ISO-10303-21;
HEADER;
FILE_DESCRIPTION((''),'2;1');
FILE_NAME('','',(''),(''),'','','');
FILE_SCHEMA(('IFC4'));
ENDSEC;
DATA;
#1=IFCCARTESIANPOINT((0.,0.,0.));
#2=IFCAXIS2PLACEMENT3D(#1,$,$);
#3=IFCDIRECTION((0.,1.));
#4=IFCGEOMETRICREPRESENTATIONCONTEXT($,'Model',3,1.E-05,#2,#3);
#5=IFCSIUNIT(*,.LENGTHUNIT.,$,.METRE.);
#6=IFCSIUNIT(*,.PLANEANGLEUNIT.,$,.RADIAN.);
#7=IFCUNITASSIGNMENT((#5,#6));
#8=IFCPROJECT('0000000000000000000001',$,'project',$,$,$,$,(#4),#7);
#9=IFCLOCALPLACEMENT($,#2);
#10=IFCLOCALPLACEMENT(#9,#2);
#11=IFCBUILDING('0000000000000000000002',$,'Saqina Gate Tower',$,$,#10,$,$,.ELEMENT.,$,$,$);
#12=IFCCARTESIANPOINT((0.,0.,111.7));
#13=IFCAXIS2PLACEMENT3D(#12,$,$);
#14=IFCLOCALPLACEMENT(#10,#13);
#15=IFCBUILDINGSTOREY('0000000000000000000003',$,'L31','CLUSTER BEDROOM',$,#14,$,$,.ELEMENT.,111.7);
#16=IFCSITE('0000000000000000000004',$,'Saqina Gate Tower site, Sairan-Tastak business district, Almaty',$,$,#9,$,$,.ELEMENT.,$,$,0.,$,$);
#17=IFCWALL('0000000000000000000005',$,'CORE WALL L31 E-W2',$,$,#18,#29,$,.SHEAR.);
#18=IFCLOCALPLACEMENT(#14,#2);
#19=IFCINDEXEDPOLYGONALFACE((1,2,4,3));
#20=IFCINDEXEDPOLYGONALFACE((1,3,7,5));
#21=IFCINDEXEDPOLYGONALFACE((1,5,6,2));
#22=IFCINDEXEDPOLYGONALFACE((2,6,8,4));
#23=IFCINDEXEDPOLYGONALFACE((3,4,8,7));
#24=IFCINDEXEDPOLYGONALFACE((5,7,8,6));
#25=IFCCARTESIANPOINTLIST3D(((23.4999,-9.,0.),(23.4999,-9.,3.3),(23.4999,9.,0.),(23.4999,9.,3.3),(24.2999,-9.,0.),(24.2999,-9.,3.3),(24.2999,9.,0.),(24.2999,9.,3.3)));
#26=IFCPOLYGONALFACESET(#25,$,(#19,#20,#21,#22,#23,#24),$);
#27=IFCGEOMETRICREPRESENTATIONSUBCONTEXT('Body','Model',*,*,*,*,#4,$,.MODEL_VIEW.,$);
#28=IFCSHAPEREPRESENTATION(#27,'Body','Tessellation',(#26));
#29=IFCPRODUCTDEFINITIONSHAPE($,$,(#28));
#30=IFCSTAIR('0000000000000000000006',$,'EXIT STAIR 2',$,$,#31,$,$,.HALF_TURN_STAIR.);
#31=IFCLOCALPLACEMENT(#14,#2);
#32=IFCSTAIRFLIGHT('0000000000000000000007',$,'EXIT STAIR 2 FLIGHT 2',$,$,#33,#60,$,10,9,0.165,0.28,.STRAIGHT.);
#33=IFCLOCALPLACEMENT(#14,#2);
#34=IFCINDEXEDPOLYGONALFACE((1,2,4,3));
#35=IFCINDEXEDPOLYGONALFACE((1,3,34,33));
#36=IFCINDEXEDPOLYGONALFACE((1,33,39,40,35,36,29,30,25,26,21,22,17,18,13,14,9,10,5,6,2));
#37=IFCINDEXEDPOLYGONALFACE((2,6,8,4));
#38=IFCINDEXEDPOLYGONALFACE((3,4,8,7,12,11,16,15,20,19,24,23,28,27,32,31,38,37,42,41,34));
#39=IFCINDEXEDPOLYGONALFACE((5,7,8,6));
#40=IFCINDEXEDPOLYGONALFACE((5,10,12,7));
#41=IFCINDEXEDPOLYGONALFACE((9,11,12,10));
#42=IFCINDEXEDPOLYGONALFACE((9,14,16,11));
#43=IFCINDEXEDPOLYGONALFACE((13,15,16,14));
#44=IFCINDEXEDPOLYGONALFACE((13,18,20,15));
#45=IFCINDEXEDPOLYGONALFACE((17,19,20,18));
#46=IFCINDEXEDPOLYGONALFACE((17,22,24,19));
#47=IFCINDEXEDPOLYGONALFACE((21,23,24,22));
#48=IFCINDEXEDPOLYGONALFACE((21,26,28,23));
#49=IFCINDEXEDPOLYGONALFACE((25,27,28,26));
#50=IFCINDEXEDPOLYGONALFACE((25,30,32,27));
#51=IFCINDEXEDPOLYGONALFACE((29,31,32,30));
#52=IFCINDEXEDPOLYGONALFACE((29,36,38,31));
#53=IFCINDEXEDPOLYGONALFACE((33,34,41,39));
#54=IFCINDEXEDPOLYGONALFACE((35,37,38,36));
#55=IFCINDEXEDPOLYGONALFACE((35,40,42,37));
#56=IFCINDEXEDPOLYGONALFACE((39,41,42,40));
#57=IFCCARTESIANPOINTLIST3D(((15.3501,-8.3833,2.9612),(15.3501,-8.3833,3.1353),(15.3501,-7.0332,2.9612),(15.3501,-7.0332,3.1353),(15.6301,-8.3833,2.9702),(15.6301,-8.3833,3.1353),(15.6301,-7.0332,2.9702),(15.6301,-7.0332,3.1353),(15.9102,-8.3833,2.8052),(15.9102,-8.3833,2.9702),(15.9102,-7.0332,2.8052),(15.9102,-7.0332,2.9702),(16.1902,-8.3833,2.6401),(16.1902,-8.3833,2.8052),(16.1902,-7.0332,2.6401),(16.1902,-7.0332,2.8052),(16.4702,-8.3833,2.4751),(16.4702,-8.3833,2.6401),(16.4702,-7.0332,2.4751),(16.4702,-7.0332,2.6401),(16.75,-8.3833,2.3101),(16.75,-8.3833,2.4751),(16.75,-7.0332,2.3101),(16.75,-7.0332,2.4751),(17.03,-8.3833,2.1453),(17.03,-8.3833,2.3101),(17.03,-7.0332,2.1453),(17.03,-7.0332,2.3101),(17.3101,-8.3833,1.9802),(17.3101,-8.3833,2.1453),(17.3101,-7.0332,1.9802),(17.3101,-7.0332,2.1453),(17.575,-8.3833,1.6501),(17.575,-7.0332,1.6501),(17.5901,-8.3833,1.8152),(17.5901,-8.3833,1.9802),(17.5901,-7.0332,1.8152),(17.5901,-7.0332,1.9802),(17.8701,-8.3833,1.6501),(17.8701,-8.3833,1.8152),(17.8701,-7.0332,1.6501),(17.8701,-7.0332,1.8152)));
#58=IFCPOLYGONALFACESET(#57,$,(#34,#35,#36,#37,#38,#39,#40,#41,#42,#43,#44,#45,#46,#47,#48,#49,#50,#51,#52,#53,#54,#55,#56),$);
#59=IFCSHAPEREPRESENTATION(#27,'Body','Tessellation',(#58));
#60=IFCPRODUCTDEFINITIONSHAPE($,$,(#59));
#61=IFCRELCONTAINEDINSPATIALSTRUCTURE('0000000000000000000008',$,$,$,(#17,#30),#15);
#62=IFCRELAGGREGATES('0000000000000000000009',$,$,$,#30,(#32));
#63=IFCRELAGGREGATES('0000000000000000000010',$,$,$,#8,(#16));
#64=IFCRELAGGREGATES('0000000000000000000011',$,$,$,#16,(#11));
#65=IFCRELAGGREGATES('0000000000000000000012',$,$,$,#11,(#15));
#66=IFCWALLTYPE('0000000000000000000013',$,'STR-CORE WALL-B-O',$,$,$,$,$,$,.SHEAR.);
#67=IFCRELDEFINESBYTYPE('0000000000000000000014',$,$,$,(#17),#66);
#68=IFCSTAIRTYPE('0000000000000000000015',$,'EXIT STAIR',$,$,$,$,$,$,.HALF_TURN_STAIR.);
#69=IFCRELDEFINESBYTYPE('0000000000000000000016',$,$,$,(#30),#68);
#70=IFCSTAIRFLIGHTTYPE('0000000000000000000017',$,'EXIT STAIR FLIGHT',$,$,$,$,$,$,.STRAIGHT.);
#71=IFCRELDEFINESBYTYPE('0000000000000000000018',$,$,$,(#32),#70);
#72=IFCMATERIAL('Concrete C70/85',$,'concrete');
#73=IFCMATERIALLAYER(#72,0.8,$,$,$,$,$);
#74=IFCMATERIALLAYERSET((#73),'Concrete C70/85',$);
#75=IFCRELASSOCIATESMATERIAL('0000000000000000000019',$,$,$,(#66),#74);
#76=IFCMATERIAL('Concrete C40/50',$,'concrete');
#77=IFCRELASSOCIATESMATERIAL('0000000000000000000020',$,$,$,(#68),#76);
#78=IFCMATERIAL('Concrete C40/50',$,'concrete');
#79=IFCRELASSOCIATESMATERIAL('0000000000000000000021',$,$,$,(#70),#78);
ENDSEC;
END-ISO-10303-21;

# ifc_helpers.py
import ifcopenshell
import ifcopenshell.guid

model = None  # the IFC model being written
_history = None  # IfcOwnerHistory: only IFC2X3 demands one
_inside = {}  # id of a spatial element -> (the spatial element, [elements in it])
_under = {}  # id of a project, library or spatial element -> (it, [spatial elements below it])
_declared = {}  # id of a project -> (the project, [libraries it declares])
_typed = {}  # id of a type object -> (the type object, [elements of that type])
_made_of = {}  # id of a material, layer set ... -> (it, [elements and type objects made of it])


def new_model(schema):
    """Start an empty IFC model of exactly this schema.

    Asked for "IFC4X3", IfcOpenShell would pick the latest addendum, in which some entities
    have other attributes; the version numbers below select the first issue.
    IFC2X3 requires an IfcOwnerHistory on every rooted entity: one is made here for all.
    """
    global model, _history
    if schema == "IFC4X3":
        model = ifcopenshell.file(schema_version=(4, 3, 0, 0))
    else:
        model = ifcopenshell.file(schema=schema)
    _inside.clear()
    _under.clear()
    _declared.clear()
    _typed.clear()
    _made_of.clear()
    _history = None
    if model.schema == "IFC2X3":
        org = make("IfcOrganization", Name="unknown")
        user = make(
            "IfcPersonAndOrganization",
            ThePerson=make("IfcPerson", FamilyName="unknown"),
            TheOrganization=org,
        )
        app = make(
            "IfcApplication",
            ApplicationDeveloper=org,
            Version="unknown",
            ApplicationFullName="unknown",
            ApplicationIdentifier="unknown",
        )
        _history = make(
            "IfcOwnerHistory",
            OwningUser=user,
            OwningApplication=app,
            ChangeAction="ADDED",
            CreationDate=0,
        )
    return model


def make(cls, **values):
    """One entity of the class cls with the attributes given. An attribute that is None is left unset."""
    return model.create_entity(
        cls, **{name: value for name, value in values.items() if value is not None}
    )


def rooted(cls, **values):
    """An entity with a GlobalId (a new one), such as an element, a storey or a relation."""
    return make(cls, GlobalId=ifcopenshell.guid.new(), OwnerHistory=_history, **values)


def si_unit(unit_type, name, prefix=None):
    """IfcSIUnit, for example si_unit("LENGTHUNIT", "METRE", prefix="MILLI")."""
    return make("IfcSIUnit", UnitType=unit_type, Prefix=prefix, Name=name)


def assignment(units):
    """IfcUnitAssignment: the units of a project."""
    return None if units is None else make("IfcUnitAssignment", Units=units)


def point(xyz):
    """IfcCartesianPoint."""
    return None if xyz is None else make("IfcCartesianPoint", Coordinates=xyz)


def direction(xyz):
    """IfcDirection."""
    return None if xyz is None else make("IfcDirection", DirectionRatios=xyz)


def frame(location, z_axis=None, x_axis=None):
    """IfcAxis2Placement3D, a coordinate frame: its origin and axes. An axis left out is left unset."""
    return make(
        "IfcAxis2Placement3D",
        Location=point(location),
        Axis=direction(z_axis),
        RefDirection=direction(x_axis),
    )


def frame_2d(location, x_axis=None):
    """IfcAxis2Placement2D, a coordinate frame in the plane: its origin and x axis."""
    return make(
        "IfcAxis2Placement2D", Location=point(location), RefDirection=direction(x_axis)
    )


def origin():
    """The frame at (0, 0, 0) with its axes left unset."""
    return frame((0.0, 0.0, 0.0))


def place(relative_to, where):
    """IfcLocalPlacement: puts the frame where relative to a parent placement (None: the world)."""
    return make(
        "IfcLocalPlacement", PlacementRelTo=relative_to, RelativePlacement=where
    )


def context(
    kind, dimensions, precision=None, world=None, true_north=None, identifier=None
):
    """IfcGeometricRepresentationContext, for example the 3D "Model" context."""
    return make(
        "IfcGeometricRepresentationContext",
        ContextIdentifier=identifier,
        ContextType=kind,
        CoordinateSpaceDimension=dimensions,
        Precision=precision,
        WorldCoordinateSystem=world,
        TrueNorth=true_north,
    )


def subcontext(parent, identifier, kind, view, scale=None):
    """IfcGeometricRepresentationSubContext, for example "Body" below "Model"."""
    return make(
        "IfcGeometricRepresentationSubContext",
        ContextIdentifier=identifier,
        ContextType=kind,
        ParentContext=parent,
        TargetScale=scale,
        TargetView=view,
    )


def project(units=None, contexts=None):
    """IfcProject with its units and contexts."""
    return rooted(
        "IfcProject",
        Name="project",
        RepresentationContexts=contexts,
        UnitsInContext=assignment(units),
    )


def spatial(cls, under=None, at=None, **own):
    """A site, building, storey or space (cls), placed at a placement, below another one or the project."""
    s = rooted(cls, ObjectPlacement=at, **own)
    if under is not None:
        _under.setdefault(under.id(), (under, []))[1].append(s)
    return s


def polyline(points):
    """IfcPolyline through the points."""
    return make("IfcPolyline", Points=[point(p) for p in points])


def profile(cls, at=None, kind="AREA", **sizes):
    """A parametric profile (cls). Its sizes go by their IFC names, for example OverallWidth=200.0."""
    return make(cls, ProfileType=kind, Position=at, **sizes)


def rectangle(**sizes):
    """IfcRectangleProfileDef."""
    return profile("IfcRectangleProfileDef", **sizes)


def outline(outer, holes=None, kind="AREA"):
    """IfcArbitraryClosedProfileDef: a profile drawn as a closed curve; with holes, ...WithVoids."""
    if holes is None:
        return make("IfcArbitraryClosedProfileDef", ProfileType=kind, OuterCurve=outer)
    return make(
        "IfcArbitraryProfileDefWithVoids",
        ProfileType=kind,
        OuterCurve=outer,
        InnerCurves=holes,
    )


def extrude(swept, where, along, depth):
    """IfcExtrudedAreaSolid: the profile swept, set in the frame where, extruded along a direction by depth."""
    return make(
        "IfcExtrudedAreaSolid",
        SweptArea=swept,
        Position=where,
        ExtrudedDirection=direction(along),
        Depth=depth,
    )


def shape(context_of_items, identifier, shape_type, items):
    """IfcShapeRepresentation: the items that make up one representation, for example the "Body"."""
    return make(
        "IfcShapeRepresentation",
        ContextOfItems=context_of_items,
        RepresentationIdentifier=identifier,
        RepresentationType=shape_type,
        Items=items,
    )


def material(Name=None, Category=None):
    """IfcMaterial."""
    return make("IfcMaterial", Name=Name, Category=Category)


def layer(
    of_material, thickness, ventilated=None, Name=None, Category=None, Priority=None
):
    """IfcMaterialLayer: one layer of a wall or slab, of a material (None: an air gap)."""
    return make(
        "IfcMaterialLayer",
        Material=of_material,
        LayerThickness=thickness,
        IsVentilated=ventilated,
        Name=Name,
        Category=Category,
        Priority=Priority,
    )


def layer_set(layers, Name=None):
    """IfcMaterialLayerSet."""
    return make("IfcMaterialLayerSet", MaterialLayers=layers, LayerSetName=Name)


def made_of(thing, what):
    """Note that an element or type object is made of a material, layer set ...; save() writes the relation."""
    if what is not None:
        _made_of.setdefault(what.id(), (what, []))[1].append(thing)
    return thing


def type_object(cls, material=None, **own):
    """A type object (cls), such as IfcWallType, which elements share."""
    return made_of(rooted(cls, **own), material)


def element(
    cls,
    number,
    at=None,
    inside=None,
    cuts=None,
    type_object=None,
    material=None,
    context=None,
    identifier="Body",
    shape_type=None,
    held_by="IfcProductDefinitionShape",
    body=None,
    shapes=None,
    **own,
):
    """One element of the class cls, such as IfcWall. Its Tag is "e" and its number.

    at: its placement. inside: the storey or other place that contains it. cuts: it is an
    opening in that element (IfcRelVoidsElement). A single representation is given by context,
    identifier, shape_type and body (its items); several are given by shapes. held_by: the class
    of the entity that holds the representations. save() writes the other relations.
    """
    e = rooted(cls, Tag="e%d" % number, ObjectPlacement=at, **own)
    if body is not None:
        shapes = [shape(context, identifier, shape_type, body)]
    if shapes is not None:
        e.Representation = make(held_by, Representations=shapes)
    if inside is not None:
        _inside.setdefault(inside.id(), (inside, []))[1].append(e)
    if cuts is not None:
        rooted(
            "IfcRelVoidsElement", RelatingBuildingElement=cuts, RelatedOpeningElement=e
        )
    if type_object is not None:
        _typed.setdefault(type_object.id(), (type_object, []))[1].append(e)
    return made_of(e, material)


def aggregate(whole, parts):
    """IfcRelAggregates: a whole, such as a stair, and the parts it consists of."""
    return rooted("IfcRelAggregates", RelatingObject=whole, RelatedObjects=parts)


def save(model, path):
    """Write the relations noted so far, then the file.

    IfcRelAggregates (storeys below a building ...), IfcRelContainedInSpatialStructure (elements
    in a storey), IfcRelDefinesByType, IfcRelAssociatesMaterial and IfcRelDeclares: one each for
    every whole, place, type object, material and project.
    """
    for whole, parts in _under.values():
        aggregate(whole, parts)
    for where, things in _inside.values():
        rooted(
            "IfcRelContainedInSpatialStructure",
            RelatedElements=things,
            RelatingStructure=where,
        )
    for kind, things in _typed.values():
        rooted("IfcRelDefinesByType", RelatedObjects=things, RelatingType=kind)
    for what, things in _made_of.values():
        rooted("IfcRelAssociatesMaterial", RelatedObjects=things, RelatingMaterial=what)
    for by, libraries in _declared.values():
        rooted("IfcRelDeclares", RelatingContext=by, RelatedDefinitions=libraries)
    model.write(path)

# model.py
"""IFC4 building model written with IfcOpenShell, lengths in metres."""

from ifc_helpers import new_model, si_unit, direction, frame, frame_2d, origin, place, context, subcontext, project, spatial, polyline, rectangle, outline, extrude, material, layer, layer_set, type_object, element, aggregate, save


model = new_model("IFC4")

# Units and contexts
model_context = context("Model", 3, precision=1e-05, world=origin(), true_north=direction((0.0, 1.0)))
body_context = subcontext(model_context, "Body", "Model", "MODEL_VIEW")
ifc_project = project(units=[si_unit("LENGTHUNIT", "METRE"), si_unit("PLANEANGLEUNIT", "RADIAN")], contexts=[model_context])

# Site, building, storey
site_placement = place(None, origin())
site = spatial("IfcSite", under=ifc_project, at=site_placement, Name="Saqina Gate Tower site, Sairan-Tastak business district, Almaty", CompositionType="ELEMENT", RefElevation=0.0)
building_placement = place(site_placement, origin())
building = spatial("IfcBuilding", under=site, at=building_placement, Name="Saqina Gate Tower", CompositionType="ELEMENT")
storey_placement = place(building_placement, frame((0.0, 0.0, 111.7)))
storey = spatial("IfcBuildingStorey", under=building, at=storey_placement, Name="L31", Description="CLUSTER BEDROOM", CompositionType="ELEMENT", Elevation=111.7)

# Wall
ifc_material_1 = material(Name="Concrete C70/85", Category="concrete")
ifc_layer_1 = layer(ifc_material_1, 0.8)
ifc_layer_set_1 = layer_set([ifc_layer_1], Name="Concrete C70/85")
wall_type_1 = type_object("IfcWallType", Name="STR-CORE WALL-B-O", PredefinedType="SHEAR", material=ifc_layer_set_1)
wall_1_placement = place(storey_placement, frame((23.8999, -9.0, 0.0), z_axis=(0.0, 0.0, 1.0), x_axis=(0.0, 1.0, 0.0)))
element("IfcWall", 1, at=wall_1_placement, inside=storey, type_object=wall_type_1, Name="CORE WALL L31 E-W2", PredefinedType="SHEAR", context=body_context, shape_type="SweptSolid", body=[
    extrude(rectangle(XDim=18.0, YDim=0.8, at=frame_2d((9.0, 0.0))), origin(), (0.0, 0.0, 1.0), 3.3),
])

# Stair, stair flight
ifc_material_2 = material(Name="Concrete C40/50", Category="concrete")
stair_type = type_object("IfcStairType", Name="EXIT STAIR", PredefinedType="HALF_TURN_STAIR", material=ifc_material_2)
stair_placement = place(storey_placement, origin())
stair = element("IfcStair", 2, at=stair_placement, inside=storey, type_object=stair_type, Name="EXIT STAIR 2", PredefinedType="HALF_TURN_STAIR")
ifc_material_3 = material(Name="Concrete C40/50", Category="concrete")
stair_flight_type = type_object("IfcStairFlightType", Name="EXIT STAIR FLIGHT", PredefinedType="STRAIGHT", material=ifc_material_3)
stair_flight_placement = place(storey_placement, frame((17.8701, -7.7083, 1.6501), z_axis=(0.0, 0.0, 1.0), x_axis=(-1.0, 0.0, 0.0)))
stair_flight = element("IfcStairFlight", 3, at=stair_flight_placement, type_object=stair_flight_type, Name="EXIT STAIR 2 FLIGHT 2", NumberOfRisers=10, NumberOfTreads=9, PredefinedType="STRAIGHT", RiserHeight=0.165, TreadLength=0.28, context=body_context, shape_type="SweptSolid", body=[
    extrude(outline(polyline([(0.0, 0.0), (0.0, 0.165), (0.28, 0.165), (0.28, 0.3301), (0.5601, 0.3301), (0.5601, 0.4951), (0.8401, 0.4951), (0.8401, 0.6599), (1.1201, 0.6599), (1.1201, 0.825), (1.3999, 0.825), (1.3999, 0.99), (1.6799, 0.99), (1.6799, 1.155), (1.96, 1.155), (1.96, 1.3201), (2.24, 1.3201), (2.24, 1.4851), (2.52, 1.4851), (2.52, 1.6499), (2.52, 1.311), (0.2952, 0.0), (0.0, 0.0)])), frame((0.0, 0.675, 0.0), z_axis=(0.0, -1.0, 0.0), x_axis=(1.0, 0.0, 0.0)), (0.0, 0.0, 1.0), 1.3501),
])
aggregate(stair, [stair_flight])

save(model, "model.ifc")
